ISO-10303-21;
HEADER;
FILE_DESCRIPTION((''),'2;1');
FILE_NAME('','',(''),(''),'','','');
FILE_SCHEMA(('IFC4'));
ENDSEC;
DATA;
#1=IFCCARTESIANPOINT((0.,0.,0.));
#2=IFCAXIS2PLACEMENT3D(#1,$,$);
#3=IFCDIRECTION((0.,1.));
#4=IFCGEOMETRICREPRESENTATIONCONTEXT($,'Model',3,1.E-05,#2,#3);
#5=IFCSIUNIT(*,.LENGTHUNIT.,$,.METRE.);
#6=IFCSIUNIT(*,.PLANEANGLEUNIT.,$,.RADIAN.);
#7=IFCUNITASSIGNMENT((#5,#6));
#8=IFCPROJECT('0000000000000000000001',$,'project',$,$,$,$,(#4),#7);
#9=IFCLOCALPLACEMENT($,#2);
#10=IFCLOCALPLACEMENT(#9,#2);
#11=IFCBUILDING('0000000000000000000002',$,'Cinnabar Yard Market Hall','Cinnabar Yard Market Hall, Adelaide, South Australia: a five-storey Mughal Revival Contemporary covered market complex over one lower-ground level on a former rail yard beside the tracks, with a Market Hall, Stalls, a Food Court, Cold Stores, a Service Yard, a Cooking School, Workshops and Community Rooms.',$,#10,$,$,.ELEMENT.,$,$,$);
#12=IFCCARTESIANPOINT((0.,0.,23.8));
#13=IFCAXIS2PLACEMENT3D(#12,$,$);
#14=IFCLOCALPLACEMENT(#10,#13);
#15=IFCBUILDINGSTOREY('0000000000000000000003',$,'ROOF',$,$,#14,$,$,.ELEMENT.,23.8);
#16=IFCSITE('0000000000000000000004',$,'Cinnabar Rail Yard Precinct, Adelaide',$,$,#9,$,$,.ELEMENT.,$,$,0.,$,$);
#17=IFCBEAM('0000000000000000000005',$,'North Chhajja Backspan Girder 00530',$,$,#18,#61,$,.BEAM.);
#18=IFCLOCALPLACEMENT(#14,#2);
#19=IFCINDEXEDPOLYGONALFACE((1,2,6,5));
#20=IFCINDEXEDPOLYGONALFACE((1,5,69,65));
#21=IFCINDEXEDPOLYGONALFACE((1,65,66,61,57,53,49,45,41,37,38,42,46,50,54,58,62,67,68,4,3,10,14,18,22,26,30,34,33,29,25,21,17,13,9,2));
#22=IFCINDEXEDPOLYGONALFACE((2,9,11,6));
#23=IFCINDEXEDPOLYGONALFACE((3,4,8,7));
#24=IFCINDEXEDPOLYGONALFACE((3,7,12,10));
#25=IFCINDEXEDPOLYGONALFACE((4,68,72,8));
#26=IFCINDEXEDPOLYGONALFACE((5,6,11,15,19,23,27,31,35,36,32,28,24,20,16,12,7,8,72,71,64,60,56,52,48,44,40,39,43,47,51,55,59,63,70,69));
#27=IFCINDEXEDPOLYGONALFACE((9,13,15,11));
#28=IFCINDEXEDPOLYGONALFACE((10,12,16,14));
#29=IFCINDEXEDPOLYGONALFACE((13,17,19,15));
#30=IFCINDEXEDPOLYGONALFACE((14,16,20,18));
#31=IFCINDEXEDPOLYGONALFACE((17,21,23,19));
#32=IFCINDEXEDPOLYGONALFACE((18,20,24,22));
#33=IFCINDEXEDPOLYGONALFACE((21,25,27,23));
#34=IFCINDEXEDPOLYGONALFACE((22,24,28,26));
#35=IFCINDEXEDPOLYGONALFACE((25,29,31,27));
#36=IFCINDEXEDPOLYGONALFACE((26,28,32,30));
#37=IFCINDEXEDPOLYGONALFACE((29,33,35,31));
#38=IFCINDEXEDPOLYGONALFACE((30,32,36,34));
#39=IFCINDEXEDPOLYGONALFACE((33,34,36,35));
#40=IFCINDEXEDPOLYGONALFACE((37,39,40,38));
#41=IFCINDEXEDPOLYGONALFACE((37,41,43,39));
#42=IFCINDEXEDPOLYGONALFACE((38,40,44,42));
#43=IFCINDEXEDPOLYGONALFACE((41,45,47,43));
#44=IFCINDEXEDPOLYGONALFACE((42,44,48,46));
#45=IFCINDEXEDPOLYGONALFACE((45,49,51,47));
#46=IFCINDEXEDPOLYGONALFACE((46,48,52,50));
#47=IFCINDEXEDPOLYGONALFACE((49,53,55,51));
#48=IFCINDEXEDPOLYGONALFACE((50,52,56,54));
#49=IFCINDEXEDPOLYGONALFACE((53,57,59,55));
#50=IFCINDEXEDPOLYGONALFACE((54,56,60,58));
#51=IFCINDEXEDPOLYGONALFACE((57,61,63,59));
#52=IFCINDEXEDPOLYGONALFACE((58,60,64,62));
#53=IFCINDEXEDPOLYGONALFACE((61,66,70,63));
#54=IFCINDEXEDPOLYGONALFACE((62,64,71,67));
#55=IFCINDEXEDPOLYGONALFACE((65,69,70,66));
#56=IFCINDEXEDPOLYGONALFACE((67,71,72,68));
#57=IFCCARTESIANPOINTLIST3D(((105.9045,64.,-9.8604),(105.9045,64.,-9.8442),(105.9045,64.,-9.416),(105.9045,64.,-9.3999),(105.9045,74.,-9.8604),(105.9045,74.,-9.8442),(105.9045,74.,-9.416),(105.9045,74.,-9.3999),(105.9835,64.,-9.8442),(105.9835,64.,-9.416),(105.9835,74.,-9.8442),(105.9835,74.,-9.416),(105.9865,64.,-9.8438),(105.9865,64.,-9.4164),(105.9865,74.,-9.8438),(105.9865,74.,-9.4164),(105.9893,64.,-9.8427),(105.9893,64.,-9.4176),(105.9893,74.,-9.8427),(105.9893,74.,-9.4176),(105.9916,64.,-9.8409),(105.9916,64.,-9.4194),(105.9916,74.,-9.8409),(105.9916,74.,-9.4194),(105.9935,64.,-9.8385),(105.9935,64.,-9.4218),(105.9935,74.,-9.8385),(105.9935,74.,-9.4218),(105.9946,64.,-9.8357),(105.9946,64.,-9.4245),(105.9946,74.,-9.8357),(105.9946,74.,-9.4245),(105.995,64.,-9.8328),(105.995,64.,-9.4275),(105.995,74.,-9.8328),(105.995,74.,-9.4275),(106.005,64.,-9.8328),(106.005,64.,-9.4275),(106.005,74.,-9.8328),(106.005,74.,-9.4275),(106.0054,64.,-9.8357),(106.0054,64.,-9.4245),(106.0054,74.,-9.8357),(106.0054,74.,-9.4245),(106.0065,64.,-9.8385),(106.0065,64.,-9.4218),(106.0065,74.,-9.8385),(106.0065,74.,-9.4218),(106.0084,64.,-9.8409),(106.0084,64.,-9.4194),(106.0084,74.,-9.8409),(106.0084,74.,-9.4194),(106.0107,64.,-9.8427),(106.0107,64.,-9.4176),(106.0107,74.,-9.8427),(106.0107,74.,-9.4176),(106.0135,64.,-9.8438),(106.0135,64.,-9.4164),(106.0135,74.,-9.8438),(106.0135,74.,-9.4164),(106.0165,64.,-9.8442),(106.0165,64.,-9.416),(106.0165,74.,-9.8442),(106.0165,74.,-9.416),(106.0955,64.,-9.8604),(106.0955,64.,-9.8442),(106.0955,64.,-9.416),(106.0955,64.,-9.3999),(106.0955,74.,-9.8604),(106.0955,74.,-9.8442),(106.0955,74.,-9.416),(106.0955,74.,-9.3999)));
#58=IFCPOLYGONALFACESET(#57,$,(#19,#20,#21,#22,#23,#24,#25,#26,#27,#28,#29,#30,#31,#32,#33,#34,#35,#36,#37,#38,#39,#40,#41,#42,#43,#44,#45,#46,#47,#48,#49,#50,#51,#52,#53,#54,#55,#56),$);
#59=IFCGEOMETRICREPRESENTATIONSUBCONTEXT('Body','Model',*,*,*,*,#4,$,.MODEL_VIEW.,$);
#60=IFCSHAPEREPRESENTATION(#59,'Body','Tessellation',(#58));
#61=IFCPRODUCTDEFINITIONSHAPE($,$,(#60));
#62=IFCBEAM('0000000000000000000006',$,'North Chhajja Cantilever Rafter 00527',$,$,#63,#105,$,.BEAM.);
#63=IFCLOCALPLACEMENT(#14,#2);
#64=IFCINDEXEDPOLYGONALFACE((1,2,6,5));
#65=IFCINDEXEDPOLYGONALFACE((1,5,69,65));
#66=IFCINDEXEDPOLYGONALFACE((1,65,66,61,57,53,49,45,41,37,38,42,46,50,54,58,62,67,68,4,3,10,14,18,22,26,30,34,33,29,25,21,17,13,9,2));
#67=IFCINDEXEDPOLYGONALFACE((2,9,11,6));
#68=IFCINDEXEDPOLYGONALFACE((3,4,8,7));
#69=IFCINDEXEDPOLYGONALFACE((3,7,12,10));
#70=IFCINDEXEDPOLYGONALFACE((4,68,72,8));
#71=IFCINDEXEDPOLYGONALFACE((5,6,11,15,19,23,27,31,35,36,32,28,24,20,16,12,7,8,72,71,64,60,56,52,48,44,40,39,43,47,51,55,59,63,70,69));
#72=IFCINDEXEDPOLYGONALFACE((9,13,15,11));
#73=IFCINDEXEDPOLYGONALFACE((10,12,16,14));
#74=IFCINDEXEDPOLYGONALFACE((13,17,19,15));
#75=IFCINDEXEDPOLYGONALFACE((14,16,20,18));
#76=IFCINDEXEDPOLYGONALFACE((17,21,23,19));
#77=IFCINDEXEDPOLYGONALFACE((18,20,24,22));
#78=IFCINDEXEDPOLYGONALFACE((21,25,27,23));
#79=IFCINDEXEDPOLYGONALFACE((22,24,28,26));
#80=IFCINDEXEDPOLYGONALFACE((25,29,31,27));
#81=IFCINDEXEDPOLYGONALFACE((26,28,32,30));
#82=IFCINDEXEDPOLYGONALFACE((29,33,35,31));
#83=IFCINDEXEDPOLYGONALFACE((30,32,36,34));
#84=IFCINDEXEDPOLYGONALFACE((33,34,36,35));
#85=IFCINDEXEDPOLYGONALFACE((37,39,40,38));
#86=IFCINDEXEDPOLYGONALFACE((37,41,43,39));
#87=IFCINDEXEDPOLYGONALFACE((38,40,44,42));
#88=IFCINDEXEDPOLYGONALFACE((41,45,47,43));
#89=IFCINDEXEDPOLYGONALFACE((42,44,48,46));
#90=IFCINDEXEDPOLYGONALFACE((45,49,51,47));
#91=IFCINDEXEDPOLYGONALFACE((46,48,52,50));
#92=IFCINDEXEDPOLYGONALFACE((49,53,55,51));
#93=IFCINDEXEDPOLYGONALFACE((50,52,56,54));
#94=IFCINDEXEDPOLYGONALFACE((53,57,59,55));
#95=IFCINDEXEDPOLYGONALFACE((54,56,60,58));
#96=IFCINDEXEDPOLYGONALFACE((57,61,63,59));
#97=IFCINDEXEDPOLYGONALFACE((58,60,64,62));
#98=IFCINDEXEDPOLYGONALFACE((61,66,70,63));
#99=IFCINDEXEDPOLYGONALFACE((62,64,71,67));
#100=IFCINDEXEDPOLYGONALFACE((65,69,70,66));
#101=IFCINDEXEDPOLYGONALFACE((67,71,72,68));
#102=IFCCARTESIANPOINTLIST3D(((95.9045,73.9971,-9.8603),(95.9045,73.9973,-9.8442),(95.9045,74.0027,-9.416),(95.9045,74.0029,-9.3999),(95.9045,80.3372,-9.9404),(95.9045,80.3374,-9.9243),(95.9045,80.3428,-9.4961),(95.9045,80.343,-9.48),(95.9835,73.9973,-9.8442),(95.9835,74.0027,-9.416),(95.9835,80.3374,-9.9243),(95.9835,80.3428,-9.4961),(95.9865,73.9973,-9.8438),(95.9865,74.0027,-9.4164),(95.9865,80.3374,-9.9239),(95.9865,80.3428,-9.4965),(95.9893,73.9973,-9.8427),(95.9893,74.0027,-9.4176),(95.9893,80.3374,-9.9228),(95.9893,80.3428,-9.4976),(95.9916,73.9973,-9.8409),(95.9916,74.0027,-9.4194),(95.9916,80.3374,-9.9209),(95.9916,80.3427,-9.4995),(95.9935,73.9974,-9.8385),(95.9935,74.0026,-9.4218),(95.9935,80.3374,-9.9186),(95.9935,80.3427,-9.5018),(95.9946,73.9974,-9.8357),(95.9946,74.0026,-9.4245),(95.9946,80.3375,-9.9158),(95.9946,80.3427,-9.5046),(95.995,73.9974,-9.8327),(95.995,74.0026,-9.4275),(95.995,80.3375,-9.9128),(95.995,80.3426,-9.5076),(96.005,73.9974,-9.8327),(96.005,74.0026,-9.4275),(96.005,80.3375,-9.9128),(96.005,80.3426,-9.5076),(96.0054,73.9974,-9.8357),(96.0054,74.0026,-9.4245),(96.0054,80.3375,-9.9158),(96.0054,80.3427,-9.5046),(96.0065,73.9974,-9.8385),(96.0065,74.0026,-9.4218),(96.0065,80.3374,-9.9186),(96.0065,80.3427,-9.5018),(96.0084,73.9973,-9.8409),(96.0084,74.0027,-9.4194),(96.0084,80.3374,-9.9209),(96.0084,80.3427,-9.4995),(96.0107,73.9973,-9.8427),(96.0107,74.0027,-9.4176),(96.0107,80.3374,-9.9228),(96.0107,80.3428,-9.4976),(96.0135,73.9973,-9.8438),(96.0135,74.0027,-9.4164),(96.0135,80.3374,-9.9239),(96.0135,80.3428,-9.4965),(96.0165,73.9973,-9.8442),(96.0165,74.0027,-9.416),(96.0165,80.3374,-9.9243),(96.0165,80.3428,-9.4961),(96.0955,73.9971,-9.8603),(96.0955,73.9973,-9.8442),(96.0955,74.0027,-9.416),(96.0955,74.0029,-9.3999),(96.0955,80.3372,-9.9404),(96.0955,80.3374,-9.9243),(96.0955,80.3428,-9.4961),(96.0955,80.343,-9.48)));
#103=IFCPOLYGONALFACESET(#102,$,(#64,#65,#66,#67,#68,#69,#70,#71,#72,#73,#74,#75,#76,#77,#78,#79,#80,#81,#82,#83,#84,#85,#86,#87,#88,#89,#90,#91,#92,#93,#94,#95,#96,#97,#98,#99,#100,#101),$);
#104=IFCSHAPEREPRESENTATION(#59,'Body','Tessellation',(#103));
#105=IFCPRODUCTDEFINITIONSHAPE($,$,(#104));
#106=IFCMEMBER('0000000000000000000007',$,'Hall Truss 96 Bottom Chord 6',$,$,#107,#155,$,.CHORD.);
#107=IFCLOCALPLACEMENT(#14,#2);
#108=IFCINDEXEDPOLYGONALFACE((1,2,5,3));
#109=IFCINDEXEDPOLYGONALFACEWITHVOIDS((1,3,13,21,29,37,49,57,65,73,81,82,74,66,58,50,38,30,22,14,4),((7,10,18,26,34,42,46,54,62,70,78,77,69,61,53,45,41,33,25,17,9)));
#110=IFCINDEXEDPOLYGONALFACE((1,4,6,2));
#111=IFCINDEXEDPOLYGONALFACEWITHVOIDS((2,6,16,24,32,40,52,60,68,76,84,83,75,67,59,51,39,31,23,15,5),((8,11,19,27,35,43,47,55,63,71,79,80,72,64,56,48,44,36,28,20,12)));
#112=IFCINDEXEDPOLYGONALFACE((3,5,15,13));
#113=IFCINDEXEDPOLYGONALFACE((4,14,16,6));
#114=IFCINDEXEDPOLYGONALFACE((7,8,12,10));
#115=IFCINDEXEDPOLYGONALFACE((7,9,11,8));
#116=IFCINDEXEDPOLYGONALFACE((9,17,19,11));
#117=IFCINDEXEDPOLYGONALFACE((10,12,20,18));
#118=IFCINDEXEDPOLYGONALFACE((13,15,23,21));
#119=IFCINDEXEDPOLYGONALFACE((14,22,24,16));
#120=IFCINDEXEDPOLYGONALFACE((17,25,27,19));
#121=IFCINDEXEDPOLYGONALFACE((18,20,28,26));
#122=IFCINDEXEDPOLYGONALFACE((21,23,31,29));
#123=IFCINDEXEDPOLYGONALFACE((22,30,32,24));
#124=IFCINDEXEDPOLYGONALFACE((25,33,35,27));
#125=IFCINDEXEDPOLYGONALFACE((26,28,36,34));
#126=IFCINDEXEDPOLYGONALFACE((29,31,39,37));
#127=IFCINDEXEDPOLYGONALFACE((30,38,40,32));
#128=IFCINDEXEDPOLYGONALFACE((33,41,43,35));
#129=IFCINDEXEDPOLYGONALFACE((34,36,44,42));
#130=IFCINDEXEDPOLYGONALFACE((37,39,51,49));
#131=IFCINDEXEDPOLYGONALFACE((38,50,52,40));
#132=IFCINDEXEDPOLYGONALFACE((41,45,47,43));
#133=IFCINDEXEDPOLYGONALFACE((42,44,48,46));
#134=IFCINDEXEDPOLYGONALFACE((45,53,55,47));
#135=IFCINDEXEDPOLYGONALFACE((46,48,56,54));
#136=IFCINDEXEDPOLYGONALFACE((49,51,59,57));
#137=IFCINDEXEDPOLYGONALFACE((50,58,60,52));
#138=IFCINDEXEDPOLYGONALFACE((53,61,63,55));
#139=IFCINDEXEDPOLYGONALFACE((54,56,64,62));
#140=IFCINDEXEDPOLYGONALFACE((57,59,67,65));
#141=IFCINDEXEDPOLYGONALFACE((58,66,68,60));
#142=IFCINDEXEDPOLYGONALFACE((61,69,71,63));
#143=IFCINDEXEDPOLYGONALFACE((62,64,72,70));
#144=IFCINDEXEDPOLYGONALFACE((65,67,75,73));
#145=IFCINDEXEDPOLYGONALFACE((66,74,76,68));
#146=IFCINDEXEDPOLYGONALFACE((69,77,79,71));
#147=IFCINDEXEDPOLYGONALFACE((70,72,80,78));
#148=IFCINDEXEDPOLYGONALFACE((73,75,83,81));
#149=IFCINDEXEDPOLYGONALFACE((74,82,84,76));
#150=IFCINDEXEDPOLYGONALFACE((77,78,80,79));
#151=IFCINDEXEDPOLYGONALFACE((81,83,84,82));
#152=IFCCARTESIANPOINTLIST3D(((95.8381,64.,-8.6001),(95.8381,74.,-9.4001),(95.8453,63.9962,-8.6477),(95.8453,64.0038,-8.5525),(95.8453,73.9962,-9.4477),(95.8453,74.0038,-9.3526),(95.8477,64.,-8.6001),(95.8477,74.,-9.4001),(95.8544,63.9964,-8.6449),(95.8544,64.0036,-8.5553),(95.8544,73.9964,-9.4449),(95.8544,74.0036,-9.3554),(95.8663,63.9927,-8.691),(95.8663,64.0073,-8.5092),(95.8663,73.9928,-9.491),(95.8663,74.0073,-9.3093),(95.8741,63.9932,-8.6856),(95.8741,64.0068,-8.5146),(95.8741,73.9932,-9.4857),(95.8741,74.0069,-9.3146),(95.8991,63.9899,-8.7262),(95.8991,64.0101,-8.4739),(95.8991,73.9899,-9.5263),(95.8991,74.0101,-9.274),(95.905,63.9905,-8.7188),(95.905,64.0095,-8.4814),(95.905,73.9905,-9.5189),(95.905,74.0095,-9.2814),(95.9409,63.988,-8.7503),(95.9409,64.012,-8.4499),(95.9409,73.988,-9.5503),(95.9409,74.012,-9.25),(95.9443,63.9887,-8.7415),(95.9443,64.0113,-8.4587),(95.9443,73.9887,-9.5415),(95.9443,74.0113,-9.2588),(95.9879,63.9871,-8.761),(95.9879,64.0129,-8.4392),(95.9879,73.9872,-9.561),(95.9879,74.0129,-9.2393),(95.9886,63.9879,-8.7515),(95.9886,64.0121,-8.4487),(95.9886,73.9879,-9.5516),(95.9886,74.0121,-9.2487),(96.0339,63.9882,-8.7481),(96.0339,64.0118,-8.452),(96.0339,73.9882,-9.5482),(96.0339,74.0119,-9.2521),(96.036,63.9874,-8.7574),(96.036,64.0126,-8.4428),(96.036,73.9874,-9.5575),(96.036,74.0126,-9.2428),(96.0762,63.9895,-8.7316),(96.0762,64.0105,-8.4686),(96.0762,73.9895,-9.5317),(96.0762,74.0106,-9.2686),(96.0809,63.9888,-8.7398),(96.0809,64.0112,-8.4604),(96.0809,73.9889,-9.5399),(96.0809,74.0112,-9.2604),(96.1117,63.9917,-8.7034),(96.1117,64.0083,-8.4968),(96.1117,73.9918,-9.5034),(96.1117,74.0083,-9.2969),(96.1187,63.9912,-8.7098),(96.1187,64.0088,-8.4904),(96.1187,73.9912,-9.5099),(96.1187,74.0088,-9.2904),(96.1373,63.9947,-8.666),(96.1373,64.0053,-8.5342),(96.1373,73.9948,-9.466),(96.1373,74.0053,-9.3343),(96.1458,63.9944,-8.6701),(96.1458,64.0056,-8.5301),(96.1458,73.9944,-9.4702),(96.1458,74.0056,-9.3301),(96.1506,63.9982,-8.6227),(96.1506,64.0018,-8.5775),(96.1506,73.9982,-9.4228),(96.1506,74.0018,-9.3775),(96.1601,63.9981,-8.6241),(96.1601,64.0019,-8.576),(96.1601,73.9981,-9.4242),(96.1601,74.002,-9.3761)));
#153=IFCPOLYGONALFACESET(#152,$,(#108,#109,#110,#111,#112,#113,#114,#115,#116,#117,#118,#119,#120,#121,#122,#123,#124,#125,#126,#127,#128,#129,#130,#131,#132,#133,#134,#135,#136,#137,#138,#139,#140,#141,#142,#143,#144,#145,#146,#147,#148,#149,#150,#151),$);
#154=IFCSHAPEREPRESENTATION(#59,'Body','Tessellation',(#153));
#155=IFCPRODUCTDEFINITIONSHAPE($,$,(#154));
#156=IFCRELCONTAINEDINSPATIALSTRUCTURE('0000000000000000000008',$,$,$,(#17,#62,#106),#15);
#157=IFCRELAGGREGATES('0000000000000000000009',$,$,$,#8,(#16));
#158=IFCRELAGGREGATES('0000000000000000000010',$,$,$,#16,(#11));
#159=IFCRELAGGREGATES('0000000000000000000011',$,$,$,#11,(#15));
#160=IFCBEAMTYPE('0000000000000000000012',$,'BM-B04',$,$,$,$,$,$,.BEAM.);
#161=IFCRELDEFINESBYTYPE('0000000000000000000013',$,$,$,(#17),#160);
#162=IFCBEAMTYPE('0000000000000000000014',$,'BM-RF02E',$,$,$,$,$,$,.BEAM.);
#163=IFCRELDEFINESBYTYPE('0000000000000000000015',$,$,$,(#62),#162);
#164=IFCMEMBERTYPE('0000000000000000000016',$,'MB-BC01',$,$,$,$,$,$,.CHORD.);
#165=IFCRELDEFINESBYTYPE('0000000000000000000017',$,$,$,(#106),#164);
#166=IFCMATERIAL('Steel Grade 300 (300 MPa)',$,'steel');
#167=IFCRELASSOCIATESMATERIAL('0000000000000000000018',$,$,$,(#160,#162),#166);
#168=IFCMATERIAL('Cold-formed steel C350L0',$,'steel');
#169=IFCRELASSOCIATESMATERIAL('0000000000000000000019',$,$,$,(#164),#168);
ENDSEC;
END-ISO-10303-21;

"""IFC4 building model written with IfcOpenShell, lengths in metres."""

from ifc_helpers import new_model, si_unit, direction, frame, origin, origin_2d_with_axis, place, context, subcontext, project, spatial, hollow_circle, i_section, extrude, material, material_profile, profile_set, type_object, element, save


model = new_model("IFC4")

# Units and contexts
model_context = context("Model", 3, precision=1e-05, world=origin(), true_north=direction((0.0, 1.0)))
body_context = subcontext(model_context, "Body", "Model", "MODEL_VIEW")
ifc_project = project(units=[si_unit("LENGTHUNIT", "METRE"), si_unit("PLANEANGLEUNIT", "RADIAN")], contexts=[model_context])

# Site, building, storey
site_placement = place(None, origin())
site = spatial("IfcSite", under=ifc_project, at=site_placement, Name="Cinnabar Rail Yard Precinct, Adelaide", CompositionType="ELEMENT", RefElevation=0.0)
building_placement = place(site_placement, origin())
building = spatial("IfcBuilding", under=site, at=building_placement, Name="Cinnabar Yard Market Hall", Description="Cinnabar Yard Market Hall, Adelaide, South Australia: a five-storey Mughal Revival Contemporary covered market complex over one lower-ground level on a former rail yard beside the tracks, with a Market Hall, Stalls, a Food Court, Cold Stores, a Service Yard, a Cooking School, Workshops and Community Rooms.", CompositionType="ELEMENT")
storey_placement = place(building_placement, frame((0.0, 0.0, 23.8)))
storey = spatial("IfcBuildingStorey", under=building, at=storey_placement, Name="ROOF", CompositionType="ELEMENT", Elevation=23.8)

# Beams
ifc_material_1 = material(Name="Steel Grade 300 (300 MPa)", Category="steel")
ifc_material_profile_1 = material_profile(ifc_material_1, i_section(OverallWidth=0.1909, OverallDepth=0.4604, WebThickness=0.01, FlangeThickness=0.0161, FilletRadius=0.0115, at=origin_2d_with_axis()), Name="460UB82.1")
ifc_profile_set_1 = profile_set([ifc_material_profile_1], Name="Steel Grade 300 (300 MPa)")
beam_type_1 = type_object("IfcBeamType", Name="BM-B04", PredefinedType="BEAM", material=ifc_profile_set_1)
for number, where, z_axis, x_axis, name in (
    (1, (106.0, 64.0, -9.6301), (0.0, 1.0, 0.0), (-1.0, 0.0, 0.0), "North Chhajja Backspan Girder 00530"),
):
    element("IfcBeam", number, at=place(storey_placement, frame(where, z_axis=z_axis, x_axis=x_axis)), inside=storey, type_object=beam_type_1, Name=name, PredefinedType="BEAM", context=body_context, shape_type="SweptSolid", body=[
        extrude(i_section(OverallWidth=0.1909, OverallDepth=0.4604, WebThickness=0.01, FlangeThickness=0.0161, FilletRadius=0.0115, at=origin_2d_with_axis()), origin(), (0.0, 0.0, 1.0), 10.0),
    ])
ifc_material_profile_2 = material_profile(ifc_material_1, i_section(OverallWidth=0.1909, OverallDepth=0.4604, WebThickness=0.01, FlangeThickness=0.0161, FilletRadius=0.0115, at=origin_2d_with_axis()), Name="460UB82.1")
ifc_profile_set_2 = profile_set([ifc_material_profile_2], Name="Steel Grade 300 (300 MPa)")
beam_type_2 = type_object("IfcBeamType", Name="BM-RF02E", PredefinedType="BEAM", material=ifc_profile_set_2)
beam_1_placement = place(storey_placement, frame((96.0, 74.0, -9.6301), z_axis=(0.0, 0.99992, -0.012629), x_axis=(-1.0, 0.0, 0.0)))
element("IfcBeam", 2, at=beam_1_placement, inside=storey, type_object=beam_type_2, Name="North Chhajja Cantilever Rafter 00527", PredefinedType="BEAM", context=body_context, shape_type="SweptSolid", body=[
    extrude(i_section(OverallWidth=0.1909, OverallDepth=0.4604, WebThickness=0.01, FlangeThickness=0.0161, FilletRadius=0.0115, at=origin_2d_with_axis()), origin(), (0.0, 0.0, 1.0), 6.3406),
])

# Member
ifc_material_2 = material(Name="Cold-formed steel C350L0", Category="steel")
ifc_material_profile_3 = material_profile(ifc_material_2, hollow_circle(Radius=0.1619, WallThickness=0.0095, at=origin_2d_with_axis()), Name="323.9x9.5CHS")
ifc_profile_set_3 = profile_set([ifc_material_profile_3], Name="Cold-formed steel C350L0")
member_type_1 = type_object("IfcMemberType", Name="MB-BC01", PredefinedType="CHORD", material=ifc_profile_set_3)
for number, where, z_axis, x_axis, name in (
    (3, (96.0, 64.0, -8.6001), (0.0, 0.996815, -0.07975), (-1.0, 0.0, 0.0), "Hall Truss 96 Bottom Chord 6"),
):
    element("IfcMember", number, at=place(storey_placement, frame(where, z_axis=z_axis, x_axis=x_axis)), inside=storey, type_object=member_type_1, Name=name, PredefinedType="CHORD", context=body_context, shape_type="SweptSolid", body=[
        extrude(hollow_circle(Radius=0.1619, WallThickness=0.0095, at=origin_2d_with_axis()), origin(), (0.0, 0.0, 1.0), 10.032),
    ])

save(model, "model.ifc")
